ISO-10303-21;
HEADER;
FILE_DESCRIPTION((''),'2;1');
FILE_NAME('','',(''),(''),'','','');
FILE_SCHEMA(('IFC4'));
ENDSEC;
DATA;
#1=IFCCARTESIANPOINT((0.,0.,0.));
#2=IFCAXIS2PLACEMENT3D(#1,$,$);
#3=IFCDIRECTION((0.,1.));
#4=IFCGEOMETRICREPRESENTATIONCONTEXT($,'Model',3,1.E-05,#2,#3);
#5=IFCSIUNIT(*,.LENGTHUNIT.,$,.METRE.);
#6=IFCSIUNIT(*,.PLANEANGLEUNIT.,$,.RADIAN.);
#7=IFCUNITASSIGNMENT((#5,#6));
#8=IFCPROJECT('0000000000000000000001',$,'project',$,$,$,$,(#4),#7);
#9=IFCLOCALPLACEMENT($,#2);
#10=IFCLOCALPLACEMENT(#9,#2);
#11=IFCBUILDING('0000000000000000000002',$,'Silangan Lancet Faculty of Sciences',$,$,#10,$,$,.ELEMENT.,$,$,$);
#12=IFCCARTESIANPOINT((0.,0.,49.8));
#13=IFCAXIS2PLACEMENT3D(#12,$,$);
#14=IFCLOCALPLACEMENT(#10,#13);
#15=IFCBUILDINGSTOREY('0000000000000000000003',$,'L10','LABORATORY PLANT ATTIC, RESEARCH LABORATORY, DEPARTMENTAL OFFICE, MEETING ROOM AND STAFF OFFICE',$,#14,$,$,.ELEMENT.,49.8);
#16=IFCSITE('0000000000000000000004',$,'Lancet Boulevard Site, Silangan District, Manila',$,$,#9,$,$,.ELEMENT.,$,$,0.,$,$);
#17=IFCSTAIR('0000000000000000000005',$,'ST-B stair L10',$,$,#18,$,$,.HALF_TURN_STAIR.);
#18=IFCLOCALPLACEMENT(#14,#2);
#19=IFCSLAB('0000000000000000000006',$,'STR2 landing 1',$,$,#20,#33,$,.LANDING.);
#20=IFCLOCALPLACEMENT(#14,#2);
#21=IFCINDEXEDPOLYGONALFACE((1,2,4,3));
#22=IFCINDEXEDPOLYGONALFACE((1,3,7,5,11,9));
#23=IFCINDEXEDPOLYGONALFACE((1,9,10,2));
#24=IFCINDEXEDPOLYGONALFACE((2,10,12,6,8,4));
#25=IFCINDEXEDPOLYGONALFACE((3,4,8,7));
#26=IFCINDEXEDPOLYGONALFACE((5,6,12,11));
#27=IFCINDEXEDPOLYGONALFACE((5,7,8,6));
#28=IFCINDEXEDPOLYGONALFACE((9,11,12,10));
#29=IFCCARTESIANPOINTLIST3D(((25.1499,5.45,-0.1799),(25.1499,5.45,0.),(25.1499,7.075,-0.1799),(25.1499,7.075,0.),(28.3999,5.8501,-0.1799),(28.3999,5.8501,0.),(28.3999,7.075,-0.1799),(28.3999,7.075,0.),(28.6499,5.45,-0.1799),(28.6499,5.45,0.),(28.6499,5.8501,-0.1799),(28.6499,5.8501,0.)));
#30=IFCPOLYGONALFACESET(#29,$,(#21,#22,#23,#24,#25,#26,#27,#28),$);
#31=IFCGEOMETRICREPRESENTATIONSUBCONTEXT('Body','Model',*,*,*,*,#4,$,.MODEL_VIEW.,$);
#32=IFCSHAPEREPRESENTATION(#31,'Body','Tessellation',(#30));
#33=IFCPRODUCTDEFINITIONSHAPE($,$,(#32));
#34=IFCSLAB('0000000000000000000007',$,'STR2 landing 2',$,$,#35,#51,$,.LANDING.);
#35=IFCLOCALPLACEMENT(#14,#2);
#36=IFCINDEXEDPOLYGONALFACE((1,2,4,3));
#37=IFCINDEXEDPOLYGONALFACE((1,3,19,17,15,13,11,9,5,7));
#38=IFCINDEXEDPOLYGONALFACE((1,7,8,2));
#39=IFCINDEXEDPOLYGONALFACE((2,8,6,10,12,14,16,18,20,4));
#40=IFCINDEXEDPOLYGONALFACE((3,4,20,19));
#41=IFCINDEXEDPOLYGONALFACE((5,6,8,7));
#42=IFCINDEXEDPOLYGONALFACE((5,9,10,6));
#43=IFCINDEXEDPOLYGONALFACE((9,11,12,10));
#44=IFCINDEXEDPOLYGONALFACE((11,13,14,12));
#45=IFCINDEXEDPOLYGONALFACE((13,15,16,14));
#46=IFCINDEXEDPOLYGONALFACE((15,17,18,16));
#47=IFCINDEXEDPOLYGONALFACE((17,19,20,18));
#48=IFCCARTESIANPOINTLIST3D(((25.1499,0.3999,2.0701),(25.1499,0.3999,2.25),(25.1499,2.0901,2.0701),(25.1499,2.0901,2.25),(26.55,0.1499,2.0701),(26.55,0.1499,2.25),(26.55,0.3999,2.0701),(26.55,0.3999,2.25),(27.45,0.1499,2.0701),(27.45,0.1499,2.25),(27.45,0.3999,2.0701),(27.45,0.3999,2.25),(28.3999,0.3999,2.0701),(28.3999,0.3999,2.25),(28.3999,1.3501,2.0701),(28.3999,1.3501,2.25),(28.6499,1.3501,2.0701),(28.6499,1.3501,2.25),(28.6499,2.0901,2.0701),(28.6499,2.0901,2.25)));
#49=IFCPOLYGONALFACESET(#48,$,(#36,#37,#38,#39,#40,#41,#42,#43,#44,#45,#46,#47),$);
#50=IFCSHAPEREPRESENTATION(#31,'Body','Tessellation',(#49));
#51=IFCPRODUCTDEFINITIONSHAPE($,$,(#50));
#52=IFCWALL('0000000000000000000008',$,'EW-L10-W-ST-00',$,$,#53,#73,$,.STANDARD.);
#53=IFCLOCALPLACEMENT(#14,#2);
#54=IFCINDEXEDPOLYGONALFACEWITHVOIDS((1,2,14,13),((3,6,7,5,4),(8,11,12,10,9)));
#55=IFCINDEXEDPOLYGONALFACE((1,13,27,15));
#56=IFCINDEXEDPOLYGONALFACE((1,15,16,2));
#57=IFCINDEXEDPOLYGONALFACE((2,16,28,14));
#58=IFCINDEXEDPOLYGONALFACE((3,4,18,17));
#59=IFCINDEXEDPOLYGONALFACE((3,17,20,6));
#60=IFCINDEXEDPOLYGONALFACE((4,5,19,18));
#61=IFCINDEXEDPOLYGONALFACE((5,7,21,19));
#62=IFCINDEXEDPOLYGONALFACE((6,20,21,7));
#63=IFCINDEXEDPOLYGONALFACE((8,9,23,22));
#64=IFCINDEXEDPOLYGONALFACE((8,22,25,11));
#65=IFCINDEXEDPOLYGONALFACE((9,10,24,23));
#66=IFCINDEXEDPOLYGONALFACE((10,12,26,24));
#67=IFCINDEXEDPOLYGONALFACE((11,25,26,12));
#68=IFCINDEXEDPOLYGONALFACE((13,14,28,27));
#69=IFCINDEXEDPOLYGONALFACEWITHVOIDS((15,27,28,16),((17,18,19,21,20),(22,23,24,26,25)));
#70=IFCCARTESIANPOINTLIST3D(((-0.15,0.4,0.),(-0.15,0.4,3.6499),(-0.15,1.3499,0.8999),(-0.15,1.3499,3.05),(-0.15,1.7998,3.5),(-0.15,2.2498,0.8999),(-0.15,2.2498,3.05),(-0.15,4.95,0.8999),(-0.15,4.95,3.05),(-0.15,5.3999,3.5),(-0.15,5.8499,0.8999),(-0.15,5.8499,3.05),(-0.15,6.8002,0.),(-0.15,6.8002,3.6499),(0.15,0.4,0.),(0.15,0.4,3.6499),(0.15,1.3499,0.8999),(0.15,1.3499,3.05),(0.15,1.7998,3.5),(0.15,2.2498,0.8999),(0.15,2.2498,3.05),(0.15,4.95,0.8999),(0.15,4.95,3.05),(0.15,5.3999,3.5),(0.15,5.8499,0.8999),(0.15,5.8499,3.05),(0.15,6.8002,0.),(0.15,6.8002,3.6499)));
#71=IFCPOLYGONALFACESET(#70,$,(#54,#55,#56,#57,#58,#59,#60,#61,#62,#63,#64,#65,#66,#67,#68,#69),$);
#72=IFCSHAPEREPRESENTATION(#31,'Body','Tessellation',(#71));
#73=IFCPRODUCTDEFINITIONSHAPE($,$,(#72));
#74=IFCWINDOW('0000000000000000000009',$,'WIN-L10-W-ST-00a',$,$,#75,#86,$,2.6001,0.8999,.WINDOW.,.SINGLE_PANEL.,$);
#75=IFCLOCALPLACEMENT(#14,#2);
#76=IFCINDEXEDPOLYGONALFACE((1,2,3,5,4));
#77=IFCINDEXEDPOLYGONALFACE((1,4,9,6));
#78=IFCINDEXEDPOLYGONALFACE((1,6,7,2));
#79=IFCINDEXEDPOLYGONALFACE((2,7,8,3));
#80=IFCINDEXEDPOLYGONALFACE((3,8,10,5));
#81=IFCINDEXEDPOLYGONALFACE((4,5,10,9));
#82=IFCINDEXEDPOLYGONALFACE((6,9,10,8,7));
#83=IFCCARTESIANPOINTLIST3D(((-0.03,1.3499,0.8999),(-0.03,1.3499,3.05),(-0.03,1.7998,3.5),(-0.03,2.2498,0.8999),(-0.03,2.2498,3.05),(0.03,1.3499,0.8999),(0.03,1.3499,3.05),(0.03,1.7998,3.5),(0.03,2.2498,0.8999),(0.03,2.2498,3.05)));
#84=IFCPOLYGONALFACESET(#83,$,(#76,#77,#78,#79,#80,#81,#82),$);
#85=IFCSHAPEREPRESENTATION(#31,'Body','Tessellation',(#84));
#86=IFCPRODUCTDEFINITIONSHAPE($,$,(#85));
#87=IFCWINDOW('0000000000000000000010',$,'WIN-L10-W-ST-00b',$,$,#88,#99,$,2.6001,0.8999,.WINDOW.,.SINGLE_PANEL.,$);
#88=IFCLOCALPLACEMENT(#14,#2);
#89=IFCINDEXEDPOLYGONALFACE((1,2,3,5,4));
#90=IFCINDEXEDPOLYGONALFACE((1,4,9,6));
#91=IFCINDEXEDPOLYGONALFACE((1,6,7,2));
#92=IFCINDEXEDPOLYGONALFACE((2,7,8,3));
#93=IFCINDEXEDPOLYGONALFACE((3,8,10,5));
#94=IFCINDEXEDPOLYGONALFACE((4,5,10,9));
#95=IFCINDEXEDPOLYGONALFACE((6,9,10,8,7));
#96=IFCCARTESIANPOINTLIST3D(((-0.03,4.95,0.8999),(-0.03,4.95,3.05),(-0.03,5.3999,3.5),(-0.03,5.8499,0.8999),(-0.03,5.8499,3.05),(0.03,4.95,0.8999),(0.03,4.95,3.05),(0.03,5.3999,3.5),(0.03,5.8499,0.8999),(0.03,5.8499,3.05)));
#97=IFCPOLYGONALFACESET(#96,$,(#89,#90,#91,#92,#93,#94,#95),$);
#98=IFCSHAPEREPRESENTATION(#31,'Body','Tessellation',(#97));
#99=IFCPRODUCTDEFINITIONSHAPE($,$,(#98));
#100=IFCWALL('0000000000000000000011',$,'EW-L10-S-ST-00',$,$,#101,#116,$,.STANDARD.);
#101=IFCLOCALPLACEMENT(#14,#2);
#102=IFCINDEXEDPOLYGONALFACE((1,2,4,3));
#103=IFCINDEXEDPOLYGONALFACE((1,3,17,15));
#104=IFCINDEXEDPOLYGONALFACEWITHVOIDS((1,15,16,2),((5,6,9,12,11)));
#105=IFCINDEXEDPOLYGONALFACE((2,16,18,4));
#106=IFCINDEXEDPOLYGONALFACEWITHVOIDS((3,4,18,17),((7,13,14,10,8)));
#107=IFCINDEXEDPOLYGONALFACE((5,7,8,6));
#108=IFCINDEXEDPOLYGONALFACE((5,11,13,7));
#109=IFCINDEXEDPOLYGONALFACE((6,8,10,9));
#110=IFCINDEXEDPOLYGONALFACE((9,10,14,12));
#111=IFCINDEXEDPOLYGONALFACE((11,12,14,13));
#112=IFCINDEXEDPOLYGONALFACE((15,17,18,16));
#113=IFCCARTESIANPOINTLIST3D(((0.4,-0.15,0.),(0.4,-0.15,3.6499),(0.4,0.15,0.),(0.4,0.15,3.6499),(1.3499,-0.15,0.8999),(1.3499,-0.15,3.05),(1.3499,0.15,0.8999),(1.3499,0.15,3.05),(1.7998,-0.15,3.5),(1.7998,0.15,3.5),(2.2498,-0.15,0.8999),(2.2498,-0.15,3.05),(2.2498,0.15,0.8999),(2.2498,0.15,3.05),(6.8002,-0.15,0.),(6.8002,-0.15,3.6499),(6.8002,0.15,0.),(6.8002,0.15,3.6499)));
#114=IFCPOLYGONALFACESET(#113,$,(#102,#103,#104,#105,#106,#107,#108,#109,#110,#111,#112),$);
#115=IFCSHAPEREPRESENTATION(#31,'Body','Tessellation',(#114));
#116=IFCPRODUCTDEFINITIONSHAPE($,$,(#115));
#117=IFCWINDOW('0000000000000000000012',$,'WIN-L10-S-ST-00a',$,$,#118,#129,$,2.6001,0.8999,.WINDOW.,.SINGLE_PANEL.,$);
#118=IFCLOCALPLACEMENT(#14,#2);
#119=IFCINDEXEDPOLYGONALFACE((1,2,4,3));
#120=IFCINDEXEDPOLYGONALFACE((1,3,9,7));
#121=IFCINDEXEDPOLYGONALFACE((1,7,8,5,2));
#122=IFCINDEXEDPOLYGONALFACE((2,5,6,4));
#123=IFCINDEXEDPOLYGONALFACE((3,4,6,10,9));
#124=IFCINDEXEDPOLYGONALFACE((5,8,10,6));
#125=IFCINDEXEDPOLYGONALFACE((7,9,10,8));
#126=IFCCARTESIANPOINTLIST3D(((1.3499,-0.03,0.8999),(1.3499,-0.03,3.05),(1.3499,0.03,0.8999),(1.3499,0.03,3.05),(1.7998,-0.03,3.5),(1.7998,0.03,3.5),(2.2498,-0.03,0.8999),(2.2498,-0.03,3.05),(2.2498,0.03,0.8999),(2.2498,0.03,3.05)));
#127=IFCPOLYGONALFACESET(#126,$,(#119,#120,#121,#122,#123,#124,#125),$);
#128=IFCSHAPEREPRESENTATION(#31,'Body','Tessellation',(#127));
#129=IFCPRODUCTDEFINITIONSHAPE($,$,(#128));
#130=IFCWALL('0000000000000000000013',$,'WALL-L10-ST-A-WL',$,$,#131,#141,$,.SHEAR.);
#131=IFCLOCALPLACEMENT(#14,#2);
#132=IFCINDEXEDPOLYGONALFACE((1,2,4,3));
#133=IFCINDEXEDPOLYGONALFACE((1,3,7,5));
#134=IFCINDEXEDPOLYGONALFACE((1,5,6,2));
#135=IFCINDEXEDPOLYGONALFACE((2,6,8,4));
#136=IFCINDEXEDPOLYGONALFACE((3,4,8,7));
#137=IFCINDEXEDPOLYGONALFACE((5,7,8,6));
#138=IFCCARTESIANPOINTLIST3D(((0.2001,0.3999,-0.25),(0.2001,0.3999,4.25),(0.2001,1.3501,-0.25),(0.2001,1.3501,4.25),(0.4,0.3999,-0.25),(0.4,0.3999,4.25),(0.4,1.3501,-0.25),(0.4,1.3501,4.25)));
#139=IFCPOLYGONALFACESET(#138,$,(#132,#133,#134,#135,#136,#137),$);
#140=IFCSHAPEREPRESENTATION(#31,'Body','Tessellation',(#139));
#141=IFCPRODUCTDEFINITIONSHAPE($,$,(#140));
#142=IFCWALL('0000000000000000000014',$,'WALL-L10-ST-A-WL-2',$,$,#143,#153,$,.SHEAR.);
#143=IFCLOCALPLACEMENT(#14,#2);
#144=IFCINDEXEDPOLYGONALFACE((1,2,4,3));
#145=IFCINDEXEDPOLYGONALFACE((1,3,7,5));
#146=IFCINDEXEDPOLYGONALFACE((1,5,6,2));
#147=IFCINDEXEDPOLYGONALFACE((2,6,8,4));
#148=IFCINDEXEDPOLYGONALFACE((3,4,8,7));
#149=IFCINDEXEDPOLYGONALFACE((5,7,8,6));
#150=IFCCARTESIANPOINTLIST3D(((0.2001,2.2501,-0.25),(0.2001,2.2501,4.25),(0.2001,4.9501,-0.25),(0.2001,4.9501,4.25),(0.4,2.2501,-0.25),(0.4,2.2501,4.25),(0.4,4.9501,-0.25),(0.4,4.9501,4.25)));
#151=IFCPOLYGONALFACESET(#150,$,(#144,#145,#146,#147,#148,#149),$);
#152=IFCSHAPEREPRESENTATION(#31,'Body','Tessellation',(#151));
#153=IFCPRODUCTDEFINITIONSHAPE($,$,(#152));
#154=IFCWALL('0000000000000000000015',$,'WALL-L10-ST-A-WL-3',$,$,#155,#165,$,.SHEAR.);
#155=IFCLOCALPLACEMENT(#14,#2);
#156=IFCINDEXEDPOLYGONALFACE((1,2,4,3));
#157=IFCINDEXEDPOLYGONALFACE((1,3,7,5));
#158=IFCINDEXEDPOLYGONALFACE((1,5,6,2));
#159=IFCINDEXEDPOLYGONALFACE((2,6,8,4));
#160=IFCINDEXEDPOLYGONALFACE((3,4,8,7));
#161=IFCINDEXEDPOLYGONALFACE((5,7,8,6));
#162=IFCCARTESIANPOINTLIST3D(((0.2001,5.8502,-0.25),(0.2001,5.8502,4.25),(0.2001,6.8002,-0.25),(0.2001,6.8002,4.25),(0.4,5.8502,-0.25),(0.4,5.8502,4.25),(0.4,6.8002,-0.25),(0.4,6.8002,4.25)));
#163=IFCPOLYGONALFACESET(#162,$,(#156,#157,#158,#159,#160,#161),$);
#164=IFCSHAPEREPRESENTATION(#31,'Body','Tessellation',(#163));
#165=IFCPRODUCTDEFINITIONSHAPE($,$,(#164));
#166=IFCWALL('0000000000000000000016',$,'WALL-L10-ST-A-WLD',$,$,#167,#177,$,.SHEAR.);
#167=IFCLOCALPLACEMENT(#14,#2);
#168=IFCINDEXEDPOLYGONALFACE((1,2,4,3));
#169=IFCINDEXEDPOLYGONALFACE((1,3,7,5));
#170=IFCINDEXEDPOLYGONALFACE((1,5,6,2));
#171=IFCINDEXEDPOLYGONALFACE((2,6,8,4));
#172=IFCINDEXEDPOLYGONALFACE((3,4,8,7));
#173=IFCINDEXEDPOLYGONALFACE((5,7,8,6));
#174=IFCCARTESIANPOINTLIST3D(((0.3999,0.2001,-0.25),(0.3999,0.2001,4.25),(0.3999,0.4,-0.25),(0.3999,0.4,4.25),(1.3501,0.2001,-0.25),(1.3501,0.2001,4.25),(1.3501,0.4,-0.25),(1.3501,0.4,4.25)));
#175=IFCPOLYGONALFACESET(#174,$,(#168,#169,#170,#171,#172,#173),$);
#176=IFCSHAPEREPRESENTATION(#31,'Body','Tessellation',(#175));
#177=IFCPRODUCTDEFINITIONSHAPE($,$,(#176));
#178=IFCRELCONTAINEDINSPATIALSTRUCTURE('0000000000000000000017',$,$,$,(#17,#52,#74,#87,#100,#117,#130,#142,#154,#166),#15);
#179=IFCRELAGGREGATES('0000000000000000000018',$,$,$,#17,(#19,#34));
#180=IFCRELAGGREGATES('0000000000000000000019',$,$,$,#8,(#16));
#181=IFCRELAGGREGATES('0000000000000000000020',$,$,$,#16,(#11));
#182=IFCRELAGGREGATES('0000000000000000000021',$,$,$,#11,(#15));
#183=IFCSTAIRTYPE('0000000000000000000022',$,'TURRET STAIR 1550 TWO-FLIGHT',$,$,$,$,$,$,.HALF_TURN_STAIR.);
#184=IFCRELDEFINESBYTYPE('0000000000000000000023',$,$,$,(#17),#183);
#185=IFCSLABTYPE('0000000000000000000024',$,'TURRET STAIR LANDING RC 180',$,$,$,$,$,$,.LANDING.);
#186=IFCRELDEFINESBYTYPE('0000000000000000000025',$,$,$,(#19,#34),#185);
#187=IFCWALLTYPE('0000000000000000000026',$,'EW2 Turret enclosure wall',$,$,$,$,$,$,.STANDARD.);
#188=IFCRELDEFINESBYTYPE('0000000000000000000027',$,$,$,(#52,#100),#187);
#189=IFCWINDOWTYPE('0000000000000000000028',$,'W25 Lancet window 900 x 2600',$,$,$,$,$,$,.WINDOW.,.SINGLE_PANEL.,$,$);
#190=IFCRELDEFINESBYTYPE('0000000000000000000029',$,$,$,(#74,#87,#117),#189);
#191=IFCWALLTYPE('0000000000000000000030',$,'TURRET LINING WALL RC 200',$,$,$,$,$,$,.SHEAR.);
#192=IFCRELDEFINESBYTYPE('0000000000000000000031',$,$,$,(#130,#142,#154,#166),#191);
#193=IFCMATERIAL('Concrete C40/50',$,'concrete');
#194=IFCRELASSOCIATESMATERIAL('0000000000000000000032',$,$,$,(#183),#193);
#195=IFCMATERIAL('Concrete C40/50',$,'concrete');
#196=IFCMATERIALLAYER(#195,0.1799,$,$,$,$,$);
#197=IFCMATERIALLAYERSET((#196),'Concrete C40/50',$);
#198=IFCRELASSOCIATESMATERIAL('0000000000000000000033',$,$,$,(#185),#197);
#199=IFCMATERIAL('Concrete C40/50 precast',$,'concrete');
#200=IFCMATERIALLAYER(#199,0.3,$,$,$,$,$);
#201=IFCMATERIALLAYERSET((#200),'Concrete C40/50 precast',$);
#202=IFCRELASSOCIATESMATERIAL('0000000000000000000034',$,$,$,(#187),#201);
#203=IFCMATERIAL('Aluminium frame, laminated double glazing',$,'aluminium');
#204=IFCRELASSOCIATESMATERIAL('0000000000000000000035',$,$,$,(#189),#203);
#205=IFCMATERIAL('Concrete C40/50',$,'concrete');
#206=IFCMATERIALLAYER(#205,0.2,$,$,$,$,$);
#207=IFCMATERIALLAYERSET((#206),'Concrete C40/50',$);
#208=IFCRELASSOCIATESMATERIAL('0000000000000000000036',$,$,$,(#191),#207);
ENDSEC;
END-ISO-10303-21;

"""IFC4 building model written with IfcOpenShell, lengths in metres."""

from ifc_helpers import new_model, si_unit, direction, frame, frame_2d, origin, place, context, subcontext, project, spatial, polyline, rectangle, outline, extrude, material, layer, layer_set, type_object, element, fill, aggregate, save


model = new_model("IFC4")

# Units and contexts
model_context = context("Model", 3, precision=1e-05, world=origin(), true_north=direction((0.0, 1.0)))
body_context = subcontext(model_context, "Body", "Model", "MODEL_VIEW")
ifc_project = project(units=[si_unit("LENGTHUNIT", "METRE"), si_unit("PLANEANGLEUNIT", "RADIAN")], contexts=[model_context])

# Site, building, storey
site_placement = place(None, origin())
site = spatial("IfcSite", under=ifc_project, at=site_placement, Name="Lancet Boulevard Site, Silangan District, Manila", CompositionType="ELEMENT", RefElevation=0.0)
building_placement = place(site_placement, origin())
building = spatial("IfcBuilding", under=site, at=building_placement, Name="Silangan Lancet Faculty of Sciences", CompositionType="ELEMENT")
storey_placement = place(building_placement, frame((0.0, 0.0, 49.8)))
storey = spatial("IfcBuildingStorey", under=building, at=storey_placement, Name="L10", Description="LABORATORY PLANT ATTIC, RESEARCH LABORATORY, DEPARTMENTAL OFFICE, MEETING ROOM AND STAFF OFFICE", CompositionType="ELEMENT", Elevation=49.8)

# Stair, slabs
ifc_material_1 = material(Name="Concrete C40/50", Category="concrete")
stair_type = type_object("IfcStairType", Name="TURRET STAIR 1550 TWO-FLIGHT", PredefinedType="HALF_TURN_STAIR", material=ifc_material_1)
ifc_material_2 = material(Name="Concrete C40/50", Category="concrete")
ifc_layer_1 = layer(ifc_material_2, 0.1799)
ifc_layer_set_1 = layer_set([ifc_layer_1], Name="Concrete C40/50")
slab_type_1 = type_object("IfcSlabType", Name="TURRET STAIR LANDING RC 180", PredefinedType="LANDING", material=ifc_layer_set_1)
stair_1_placement = place(storey_placement, origin())
stair_1 = element("IfcStair", 1, at=stair_1_placement, inside=storey, type_object=stair_type, Name="ST-B stair L10", PredefinedType="HALF_TURN_STAIR")
slab_1_placement = place(storey_placement, frame((0.0, 0.0, -0.1799)))
slab_1 = element("IfcSlab", 2, at=slab_1_placement, type_object=slab_type_1, Name="STR2 landing 1", PredefinedType="LANDING", context=body_context, shape_type="SweptSolid", body=[
    extrude(outline(polyline([(28.3999, 5.8501), (28.6499, 5.8501), (28.6499, 5.45), (25.1499, 5.45), (25.1499, 7.075), (28.3999, 7.075), (28.3999, 5.8501)])), origin(), (0.0, 0.0, 1.0), 0.1799),
])
slab_2_placement = place(storey_placement, frame((0.0, 0.0, 2.0701)))
slab_2 = element("IfcSlab", 3, at=slab_2_placement, type_object=slab_type_1, Name="STR2 landing 2", PredefinedType="LANDING", context=body_context, shape_type="SweptSolid", body=[
    extrude(outline(polyline([(26.55, 0.1499), (26.55, 0.3999), (25.1499, 0.3999), (25.1499, 2.0901), (28.6499, 2.0901), (28.6499, 1.3501), (28.3999, 1.3501), (28.3999, 0.3999), (27.45, 0.3999), (27.45, 0.1499), (26.55, 0.1499)])), origin(), (0.0, 0.0, 1.0), 0.1799),
])
aggregate(stair_1, [slab_1, slab_2])

# Wall, openings, windows
ifc_material_3 = material(Name="Concrete C40/50 precast", Category="concrete")
ifc_layer_2 = layer(ifc_material_3, 0.3)
ifc_layer_set_2 = layer_set([ifc_layer_2], Name="Concrete C40/50 precast")
wall_type_1 = type_object("IfcWallType", Name="EW2 Turret enclosure wall", PredefinedType="STANDARD", material=ifc_layer_set_2)
wall_1_placement = place(storey_placement, frame((0.0, 0.3999, 0.0), z_axis=(0.0, 0.0, 1.0), x_axis=(0.0, 1.0, 0.0)))
wall_1 = element("IfcWall", 4, at=wall_1_placement, inside=storey, type_object=wall_type_1, Name="EW-L10-W-ST-00", PredefinedType="STANDARD", context=body_context, shape_type="SweptSolid", body=[
    extrude(rectangle(XDim=6.4001, YDim=0.3, at=frame_2d((3.2002, 0.0))), origin(), (0.0, 0.0, 1.0), 3.6499),
])
opening_1_placement = place(wall_1_placement, frame((0.95, 0.0, 0.8999)))
opening_1 = element("IfcOpeningElement", 5, at=opening_1_placement, cuts=wall_1, PredefinedType="OPENING", context=body_context, shape_type="SweptSolid", body=[
    extrude(outline(polyline([(0.0, 0.0), (0.8999, 0.0), (0.8999, 2.1501), (0.45, 2.6001), (0.0, 2.1501), (0.0, 0.0)])), frame((0.0, 0.1599, 0.0), z_axis=(0.0, -1.0, 0.0), x_axis=(1.0, 0.0, 0.0)), (0.0, 0.0, 1.0), 0.3201),
])
opening_2_placement = place(wall_1_placement, frame((4.55, 0.0, 0.8999)))
opening_2 = element("IfcOpeningElement", 6, at=opening_2_placement, cuts=wall_1, PredefinedType="OPENING", context=body_context, shape_type="SweptSolid", body=[
    extrude(outline(polyline([(0.0, 0.0), (0.8999, 0.0), (0.8999, 2.1501), (0.45, 2.6001), (0.0, 2.1501), (0.0, 0.0)])), frame((0.0, 0.1599, 0.0), z_axis=(0.0, -1.0, 0.0), x_axis=(1.0, 0.0, 0.0)), (0.0, 0.0, 1.0), 0.3201),
])
ifc_material_4 = material(Name="Aluminium frame, laminated double glazing", Category="aluminium")
window_type = type_object("IfcWindowType", Name="W25 Lancet window 900 x 2600", PartitioningType="SINGLE_PANEL", PredefinedType="WINDOW", material=ifc_material_4)
window_1_placement = place(opening_1_placement, origin())
window_1 = element("IfcWindow", 7, at=window_1_placement, inside=storey, type_object=window_type, Name="WIN-L10-W-ST-00a", OverallHeight=2.6001, OverallWidth=0.8999, PartitioningType="SINGLE_PANEL", PredefinedType="WINDOW", context=body_context, shape_type="SweptSolid", body=[
    extrude(outline(polyline([(0.0, 0.0), (0.8999, 0.0), (0.8999, 2.1501), (0.45, 2.6001), (0.0, 2.1501), (0.0, 0.0)])), frame((0.0, 0.03, 0.0), z_axis=(0.0, -1.0, 0.0), x_axis=(1.0, 0.0, 0.0)), (0.0, 0.0, 1.0), 0.0601),
])
fill(opening_1, window_1)
window_2_placement = place(opening_2_placement, origin())
window_2 = element("IfcWindow", 8, at=window_2_placement, inside=storey, type_object=window_type, Name="WIN-L10-W-ST-00b", OverallHeight=2.6001, OverallWidth=0.8999, PartitioningType="SINGLE_PANEL", PredefinedType="WINDOW", context=body_context, shape_type="SweptSolid", body=[
    extrude(outline(polyline([(0.0, 0.0), (0.8999, 0.0), (0.8999, 2.1501), (0.45, 2.6001), (0.0, 2.1501), (0.0, 0.0)])), frame((0.0, 0.03, 0.0), z_axis=(0.0, -1.0, 0.0), x_axis=(1.0, 0.0, 0.0)), (0.0, 0.0, 1.0), 0.0601),
])
fill(opening_2, window_2)

# Wall, opening, window
wall_2_placement = place(storey_placement, frame((0.3999, 0.0, 0.0), z_axis=(0.0, 0.0, 1.0), x_axis=(1.0, 0.0, 0.0)))
wall_2 = element("IfcWall", 9, at=wall_2_placement, inside=storey, type_object=wall_type_1, Name="EW-L10-S-ST-00", PredefinedType="STANDARD", context=body_context, shape_type="SweptSolid", body=[
    extrude(rectangle(XDim=6.4001, YDim=0.3, at=frame_2d((3.2002, 0.0))), origin(), (0.0, 0.0, 1.0), 3.6499),
])
opening_3_placement = place(wall_2_placement, frame((0.95, 0.0, 0.8999)))
opening_3 = element("IfcOpeningElement", 10, at=opening_3_placement, cuts=wall_2, PredefinedType="OPENING", context=body_context, shape_type="SweptSolid", body=[
    extrude(outline(polyline([(0.0, 0.0), (0.8999, 0.0), (0.8999, 2.1501), (0.45, 2.6001), (0.0, 2.1501), (0.0, 0.0)])), frame((0.0, 0.1599, 0.0), z_axis=(0.0, -1.0, 0.0), x_axis=(1.0, 0.0, 0.0)), (0.0, 0.0, 1.0), 0.3201),
])
window_3_placement = place(opening_3_placement, origin())
window_3 = element("IfcWindow", 11, at=window_3_placement, inside=storey, type_object=window_type, Name="WIN-L10-S-ST-00a", OverallHeight=2.6001, OverallWidth=0.8999, PartitioningType="SINGLE_PANEL", PredefinedType="WINDOW", context=body_context, shape_type="SweptSolid", body=[
    extrude(outline(polyline([(0.0, 0.0), (0.8999, 0.0), (0.8999, 2.1501), (0.45, 2.6001), (0.0, 2.1501), (0.0, 0.0)])), frame((0.0, 0.03, 0.0), z_axis=(0.0, -1.0, 0.0), x_axis=(1.0, 0.0, 0.0)), (0.0, 0.0, 1.0), 0.0601),
])
fill(opening_3, window_3)

# Walls
ifc_material_5 = material(Name="Concrete C40/50", Category="concrete")
ifc_layer_3 = layer(ifc_material_5, 0.2)
ifc_layer_set_3 = layer_set([ifc_layer_3], Name="Concrete C40/50")
wall_type_2 = type_object("IfcWallType", Name="TURRET LINING WALL RC 200", PredefinedType="SHEAR", material=ifc_layer_set_3)
wall_3_placement = place(storey_placement, frame((0.3, 0.3999, -0.25), z_axis=(0.0, 0.0, 1.0), x_axis=(0.0, 1.0, 0.0)))
element("IfcWall", 12, at=wall_3_placement, inside=storey, type_object=wall_type_2, Name="WALL-L10-ST-A-WL", PredefinedType="SHEAR", context=body_context, shape_type="SweptSolid", body=[
    extrude(rectangle(XDim=0.9502, YDim=0.2, at=frame_2d((0.4751, 0.0))), origin(), (0.0, 0.0, 1.0), 4.5),
])
wall_4_placement = place(storey_placement, frame((0.3, 2.25, -0.25), z_axis=(0.0, 0.0, 1.0), x_axis=(0.0, 1.0, 0.0)))
element("IfcWall", 13, at=wall_4_placement, inside=storey, type_object=wall_type_2, Name="WALL-L10-ST-A-WL-2", PredefinedType="SHEAR", context=body_context, shape_type="SweptSolid", body=[
    extrude(rectangle(XDim=2.7, YDim=0.2, at=frame_2d((1.3501, 0.0))), origin(), (0.0, 0.0, 1.0), 4.5),
])
wall_5_placement = place(storey_placement, frame((0.3, 5.8501, -0.25), z_axis=(0.0, 0.0, 1.0), x_axis=(0.0, 1.0, 0.0)))
element("IfcWall", 14, at=wall_5_placement, inside=storey, type_object=wall_type_2, Name="WALL-L10-ST-A-WL-3", PredefinedType="SHEAR", context=body_context, shape_type="SweptSolid", body=[
    extrude(rectangle(XDim=0.95, YDim=0.2, at=frame_2d((0.4751, 0.0))), origin(), (0.0, 0.0, 1.0), 4.5),
])
wall_6_placement = place(storey_placement, frame((0.3999, 0.3, -0.25), z_axis=(0.0, 0.0, 1.0), x_axis=(1.0, 0.0, 0.0)))
element("IfcWall", 15, at=wall_6_placement, inside=storey, type_object=wall_type_2, Name="WALL-L10-ST-A-WLD", PredefinedType="SHEAR", context=body_context, shape_type="SweptSolid", body=[
    extrude(rectangle(XDim=0.9502, YDim=0.2, at=frame_2d((0.4751, 0.0))), origin(), (0.0, 0.0, 1.0), 4.5),
])

save(model, "model.ifc")
